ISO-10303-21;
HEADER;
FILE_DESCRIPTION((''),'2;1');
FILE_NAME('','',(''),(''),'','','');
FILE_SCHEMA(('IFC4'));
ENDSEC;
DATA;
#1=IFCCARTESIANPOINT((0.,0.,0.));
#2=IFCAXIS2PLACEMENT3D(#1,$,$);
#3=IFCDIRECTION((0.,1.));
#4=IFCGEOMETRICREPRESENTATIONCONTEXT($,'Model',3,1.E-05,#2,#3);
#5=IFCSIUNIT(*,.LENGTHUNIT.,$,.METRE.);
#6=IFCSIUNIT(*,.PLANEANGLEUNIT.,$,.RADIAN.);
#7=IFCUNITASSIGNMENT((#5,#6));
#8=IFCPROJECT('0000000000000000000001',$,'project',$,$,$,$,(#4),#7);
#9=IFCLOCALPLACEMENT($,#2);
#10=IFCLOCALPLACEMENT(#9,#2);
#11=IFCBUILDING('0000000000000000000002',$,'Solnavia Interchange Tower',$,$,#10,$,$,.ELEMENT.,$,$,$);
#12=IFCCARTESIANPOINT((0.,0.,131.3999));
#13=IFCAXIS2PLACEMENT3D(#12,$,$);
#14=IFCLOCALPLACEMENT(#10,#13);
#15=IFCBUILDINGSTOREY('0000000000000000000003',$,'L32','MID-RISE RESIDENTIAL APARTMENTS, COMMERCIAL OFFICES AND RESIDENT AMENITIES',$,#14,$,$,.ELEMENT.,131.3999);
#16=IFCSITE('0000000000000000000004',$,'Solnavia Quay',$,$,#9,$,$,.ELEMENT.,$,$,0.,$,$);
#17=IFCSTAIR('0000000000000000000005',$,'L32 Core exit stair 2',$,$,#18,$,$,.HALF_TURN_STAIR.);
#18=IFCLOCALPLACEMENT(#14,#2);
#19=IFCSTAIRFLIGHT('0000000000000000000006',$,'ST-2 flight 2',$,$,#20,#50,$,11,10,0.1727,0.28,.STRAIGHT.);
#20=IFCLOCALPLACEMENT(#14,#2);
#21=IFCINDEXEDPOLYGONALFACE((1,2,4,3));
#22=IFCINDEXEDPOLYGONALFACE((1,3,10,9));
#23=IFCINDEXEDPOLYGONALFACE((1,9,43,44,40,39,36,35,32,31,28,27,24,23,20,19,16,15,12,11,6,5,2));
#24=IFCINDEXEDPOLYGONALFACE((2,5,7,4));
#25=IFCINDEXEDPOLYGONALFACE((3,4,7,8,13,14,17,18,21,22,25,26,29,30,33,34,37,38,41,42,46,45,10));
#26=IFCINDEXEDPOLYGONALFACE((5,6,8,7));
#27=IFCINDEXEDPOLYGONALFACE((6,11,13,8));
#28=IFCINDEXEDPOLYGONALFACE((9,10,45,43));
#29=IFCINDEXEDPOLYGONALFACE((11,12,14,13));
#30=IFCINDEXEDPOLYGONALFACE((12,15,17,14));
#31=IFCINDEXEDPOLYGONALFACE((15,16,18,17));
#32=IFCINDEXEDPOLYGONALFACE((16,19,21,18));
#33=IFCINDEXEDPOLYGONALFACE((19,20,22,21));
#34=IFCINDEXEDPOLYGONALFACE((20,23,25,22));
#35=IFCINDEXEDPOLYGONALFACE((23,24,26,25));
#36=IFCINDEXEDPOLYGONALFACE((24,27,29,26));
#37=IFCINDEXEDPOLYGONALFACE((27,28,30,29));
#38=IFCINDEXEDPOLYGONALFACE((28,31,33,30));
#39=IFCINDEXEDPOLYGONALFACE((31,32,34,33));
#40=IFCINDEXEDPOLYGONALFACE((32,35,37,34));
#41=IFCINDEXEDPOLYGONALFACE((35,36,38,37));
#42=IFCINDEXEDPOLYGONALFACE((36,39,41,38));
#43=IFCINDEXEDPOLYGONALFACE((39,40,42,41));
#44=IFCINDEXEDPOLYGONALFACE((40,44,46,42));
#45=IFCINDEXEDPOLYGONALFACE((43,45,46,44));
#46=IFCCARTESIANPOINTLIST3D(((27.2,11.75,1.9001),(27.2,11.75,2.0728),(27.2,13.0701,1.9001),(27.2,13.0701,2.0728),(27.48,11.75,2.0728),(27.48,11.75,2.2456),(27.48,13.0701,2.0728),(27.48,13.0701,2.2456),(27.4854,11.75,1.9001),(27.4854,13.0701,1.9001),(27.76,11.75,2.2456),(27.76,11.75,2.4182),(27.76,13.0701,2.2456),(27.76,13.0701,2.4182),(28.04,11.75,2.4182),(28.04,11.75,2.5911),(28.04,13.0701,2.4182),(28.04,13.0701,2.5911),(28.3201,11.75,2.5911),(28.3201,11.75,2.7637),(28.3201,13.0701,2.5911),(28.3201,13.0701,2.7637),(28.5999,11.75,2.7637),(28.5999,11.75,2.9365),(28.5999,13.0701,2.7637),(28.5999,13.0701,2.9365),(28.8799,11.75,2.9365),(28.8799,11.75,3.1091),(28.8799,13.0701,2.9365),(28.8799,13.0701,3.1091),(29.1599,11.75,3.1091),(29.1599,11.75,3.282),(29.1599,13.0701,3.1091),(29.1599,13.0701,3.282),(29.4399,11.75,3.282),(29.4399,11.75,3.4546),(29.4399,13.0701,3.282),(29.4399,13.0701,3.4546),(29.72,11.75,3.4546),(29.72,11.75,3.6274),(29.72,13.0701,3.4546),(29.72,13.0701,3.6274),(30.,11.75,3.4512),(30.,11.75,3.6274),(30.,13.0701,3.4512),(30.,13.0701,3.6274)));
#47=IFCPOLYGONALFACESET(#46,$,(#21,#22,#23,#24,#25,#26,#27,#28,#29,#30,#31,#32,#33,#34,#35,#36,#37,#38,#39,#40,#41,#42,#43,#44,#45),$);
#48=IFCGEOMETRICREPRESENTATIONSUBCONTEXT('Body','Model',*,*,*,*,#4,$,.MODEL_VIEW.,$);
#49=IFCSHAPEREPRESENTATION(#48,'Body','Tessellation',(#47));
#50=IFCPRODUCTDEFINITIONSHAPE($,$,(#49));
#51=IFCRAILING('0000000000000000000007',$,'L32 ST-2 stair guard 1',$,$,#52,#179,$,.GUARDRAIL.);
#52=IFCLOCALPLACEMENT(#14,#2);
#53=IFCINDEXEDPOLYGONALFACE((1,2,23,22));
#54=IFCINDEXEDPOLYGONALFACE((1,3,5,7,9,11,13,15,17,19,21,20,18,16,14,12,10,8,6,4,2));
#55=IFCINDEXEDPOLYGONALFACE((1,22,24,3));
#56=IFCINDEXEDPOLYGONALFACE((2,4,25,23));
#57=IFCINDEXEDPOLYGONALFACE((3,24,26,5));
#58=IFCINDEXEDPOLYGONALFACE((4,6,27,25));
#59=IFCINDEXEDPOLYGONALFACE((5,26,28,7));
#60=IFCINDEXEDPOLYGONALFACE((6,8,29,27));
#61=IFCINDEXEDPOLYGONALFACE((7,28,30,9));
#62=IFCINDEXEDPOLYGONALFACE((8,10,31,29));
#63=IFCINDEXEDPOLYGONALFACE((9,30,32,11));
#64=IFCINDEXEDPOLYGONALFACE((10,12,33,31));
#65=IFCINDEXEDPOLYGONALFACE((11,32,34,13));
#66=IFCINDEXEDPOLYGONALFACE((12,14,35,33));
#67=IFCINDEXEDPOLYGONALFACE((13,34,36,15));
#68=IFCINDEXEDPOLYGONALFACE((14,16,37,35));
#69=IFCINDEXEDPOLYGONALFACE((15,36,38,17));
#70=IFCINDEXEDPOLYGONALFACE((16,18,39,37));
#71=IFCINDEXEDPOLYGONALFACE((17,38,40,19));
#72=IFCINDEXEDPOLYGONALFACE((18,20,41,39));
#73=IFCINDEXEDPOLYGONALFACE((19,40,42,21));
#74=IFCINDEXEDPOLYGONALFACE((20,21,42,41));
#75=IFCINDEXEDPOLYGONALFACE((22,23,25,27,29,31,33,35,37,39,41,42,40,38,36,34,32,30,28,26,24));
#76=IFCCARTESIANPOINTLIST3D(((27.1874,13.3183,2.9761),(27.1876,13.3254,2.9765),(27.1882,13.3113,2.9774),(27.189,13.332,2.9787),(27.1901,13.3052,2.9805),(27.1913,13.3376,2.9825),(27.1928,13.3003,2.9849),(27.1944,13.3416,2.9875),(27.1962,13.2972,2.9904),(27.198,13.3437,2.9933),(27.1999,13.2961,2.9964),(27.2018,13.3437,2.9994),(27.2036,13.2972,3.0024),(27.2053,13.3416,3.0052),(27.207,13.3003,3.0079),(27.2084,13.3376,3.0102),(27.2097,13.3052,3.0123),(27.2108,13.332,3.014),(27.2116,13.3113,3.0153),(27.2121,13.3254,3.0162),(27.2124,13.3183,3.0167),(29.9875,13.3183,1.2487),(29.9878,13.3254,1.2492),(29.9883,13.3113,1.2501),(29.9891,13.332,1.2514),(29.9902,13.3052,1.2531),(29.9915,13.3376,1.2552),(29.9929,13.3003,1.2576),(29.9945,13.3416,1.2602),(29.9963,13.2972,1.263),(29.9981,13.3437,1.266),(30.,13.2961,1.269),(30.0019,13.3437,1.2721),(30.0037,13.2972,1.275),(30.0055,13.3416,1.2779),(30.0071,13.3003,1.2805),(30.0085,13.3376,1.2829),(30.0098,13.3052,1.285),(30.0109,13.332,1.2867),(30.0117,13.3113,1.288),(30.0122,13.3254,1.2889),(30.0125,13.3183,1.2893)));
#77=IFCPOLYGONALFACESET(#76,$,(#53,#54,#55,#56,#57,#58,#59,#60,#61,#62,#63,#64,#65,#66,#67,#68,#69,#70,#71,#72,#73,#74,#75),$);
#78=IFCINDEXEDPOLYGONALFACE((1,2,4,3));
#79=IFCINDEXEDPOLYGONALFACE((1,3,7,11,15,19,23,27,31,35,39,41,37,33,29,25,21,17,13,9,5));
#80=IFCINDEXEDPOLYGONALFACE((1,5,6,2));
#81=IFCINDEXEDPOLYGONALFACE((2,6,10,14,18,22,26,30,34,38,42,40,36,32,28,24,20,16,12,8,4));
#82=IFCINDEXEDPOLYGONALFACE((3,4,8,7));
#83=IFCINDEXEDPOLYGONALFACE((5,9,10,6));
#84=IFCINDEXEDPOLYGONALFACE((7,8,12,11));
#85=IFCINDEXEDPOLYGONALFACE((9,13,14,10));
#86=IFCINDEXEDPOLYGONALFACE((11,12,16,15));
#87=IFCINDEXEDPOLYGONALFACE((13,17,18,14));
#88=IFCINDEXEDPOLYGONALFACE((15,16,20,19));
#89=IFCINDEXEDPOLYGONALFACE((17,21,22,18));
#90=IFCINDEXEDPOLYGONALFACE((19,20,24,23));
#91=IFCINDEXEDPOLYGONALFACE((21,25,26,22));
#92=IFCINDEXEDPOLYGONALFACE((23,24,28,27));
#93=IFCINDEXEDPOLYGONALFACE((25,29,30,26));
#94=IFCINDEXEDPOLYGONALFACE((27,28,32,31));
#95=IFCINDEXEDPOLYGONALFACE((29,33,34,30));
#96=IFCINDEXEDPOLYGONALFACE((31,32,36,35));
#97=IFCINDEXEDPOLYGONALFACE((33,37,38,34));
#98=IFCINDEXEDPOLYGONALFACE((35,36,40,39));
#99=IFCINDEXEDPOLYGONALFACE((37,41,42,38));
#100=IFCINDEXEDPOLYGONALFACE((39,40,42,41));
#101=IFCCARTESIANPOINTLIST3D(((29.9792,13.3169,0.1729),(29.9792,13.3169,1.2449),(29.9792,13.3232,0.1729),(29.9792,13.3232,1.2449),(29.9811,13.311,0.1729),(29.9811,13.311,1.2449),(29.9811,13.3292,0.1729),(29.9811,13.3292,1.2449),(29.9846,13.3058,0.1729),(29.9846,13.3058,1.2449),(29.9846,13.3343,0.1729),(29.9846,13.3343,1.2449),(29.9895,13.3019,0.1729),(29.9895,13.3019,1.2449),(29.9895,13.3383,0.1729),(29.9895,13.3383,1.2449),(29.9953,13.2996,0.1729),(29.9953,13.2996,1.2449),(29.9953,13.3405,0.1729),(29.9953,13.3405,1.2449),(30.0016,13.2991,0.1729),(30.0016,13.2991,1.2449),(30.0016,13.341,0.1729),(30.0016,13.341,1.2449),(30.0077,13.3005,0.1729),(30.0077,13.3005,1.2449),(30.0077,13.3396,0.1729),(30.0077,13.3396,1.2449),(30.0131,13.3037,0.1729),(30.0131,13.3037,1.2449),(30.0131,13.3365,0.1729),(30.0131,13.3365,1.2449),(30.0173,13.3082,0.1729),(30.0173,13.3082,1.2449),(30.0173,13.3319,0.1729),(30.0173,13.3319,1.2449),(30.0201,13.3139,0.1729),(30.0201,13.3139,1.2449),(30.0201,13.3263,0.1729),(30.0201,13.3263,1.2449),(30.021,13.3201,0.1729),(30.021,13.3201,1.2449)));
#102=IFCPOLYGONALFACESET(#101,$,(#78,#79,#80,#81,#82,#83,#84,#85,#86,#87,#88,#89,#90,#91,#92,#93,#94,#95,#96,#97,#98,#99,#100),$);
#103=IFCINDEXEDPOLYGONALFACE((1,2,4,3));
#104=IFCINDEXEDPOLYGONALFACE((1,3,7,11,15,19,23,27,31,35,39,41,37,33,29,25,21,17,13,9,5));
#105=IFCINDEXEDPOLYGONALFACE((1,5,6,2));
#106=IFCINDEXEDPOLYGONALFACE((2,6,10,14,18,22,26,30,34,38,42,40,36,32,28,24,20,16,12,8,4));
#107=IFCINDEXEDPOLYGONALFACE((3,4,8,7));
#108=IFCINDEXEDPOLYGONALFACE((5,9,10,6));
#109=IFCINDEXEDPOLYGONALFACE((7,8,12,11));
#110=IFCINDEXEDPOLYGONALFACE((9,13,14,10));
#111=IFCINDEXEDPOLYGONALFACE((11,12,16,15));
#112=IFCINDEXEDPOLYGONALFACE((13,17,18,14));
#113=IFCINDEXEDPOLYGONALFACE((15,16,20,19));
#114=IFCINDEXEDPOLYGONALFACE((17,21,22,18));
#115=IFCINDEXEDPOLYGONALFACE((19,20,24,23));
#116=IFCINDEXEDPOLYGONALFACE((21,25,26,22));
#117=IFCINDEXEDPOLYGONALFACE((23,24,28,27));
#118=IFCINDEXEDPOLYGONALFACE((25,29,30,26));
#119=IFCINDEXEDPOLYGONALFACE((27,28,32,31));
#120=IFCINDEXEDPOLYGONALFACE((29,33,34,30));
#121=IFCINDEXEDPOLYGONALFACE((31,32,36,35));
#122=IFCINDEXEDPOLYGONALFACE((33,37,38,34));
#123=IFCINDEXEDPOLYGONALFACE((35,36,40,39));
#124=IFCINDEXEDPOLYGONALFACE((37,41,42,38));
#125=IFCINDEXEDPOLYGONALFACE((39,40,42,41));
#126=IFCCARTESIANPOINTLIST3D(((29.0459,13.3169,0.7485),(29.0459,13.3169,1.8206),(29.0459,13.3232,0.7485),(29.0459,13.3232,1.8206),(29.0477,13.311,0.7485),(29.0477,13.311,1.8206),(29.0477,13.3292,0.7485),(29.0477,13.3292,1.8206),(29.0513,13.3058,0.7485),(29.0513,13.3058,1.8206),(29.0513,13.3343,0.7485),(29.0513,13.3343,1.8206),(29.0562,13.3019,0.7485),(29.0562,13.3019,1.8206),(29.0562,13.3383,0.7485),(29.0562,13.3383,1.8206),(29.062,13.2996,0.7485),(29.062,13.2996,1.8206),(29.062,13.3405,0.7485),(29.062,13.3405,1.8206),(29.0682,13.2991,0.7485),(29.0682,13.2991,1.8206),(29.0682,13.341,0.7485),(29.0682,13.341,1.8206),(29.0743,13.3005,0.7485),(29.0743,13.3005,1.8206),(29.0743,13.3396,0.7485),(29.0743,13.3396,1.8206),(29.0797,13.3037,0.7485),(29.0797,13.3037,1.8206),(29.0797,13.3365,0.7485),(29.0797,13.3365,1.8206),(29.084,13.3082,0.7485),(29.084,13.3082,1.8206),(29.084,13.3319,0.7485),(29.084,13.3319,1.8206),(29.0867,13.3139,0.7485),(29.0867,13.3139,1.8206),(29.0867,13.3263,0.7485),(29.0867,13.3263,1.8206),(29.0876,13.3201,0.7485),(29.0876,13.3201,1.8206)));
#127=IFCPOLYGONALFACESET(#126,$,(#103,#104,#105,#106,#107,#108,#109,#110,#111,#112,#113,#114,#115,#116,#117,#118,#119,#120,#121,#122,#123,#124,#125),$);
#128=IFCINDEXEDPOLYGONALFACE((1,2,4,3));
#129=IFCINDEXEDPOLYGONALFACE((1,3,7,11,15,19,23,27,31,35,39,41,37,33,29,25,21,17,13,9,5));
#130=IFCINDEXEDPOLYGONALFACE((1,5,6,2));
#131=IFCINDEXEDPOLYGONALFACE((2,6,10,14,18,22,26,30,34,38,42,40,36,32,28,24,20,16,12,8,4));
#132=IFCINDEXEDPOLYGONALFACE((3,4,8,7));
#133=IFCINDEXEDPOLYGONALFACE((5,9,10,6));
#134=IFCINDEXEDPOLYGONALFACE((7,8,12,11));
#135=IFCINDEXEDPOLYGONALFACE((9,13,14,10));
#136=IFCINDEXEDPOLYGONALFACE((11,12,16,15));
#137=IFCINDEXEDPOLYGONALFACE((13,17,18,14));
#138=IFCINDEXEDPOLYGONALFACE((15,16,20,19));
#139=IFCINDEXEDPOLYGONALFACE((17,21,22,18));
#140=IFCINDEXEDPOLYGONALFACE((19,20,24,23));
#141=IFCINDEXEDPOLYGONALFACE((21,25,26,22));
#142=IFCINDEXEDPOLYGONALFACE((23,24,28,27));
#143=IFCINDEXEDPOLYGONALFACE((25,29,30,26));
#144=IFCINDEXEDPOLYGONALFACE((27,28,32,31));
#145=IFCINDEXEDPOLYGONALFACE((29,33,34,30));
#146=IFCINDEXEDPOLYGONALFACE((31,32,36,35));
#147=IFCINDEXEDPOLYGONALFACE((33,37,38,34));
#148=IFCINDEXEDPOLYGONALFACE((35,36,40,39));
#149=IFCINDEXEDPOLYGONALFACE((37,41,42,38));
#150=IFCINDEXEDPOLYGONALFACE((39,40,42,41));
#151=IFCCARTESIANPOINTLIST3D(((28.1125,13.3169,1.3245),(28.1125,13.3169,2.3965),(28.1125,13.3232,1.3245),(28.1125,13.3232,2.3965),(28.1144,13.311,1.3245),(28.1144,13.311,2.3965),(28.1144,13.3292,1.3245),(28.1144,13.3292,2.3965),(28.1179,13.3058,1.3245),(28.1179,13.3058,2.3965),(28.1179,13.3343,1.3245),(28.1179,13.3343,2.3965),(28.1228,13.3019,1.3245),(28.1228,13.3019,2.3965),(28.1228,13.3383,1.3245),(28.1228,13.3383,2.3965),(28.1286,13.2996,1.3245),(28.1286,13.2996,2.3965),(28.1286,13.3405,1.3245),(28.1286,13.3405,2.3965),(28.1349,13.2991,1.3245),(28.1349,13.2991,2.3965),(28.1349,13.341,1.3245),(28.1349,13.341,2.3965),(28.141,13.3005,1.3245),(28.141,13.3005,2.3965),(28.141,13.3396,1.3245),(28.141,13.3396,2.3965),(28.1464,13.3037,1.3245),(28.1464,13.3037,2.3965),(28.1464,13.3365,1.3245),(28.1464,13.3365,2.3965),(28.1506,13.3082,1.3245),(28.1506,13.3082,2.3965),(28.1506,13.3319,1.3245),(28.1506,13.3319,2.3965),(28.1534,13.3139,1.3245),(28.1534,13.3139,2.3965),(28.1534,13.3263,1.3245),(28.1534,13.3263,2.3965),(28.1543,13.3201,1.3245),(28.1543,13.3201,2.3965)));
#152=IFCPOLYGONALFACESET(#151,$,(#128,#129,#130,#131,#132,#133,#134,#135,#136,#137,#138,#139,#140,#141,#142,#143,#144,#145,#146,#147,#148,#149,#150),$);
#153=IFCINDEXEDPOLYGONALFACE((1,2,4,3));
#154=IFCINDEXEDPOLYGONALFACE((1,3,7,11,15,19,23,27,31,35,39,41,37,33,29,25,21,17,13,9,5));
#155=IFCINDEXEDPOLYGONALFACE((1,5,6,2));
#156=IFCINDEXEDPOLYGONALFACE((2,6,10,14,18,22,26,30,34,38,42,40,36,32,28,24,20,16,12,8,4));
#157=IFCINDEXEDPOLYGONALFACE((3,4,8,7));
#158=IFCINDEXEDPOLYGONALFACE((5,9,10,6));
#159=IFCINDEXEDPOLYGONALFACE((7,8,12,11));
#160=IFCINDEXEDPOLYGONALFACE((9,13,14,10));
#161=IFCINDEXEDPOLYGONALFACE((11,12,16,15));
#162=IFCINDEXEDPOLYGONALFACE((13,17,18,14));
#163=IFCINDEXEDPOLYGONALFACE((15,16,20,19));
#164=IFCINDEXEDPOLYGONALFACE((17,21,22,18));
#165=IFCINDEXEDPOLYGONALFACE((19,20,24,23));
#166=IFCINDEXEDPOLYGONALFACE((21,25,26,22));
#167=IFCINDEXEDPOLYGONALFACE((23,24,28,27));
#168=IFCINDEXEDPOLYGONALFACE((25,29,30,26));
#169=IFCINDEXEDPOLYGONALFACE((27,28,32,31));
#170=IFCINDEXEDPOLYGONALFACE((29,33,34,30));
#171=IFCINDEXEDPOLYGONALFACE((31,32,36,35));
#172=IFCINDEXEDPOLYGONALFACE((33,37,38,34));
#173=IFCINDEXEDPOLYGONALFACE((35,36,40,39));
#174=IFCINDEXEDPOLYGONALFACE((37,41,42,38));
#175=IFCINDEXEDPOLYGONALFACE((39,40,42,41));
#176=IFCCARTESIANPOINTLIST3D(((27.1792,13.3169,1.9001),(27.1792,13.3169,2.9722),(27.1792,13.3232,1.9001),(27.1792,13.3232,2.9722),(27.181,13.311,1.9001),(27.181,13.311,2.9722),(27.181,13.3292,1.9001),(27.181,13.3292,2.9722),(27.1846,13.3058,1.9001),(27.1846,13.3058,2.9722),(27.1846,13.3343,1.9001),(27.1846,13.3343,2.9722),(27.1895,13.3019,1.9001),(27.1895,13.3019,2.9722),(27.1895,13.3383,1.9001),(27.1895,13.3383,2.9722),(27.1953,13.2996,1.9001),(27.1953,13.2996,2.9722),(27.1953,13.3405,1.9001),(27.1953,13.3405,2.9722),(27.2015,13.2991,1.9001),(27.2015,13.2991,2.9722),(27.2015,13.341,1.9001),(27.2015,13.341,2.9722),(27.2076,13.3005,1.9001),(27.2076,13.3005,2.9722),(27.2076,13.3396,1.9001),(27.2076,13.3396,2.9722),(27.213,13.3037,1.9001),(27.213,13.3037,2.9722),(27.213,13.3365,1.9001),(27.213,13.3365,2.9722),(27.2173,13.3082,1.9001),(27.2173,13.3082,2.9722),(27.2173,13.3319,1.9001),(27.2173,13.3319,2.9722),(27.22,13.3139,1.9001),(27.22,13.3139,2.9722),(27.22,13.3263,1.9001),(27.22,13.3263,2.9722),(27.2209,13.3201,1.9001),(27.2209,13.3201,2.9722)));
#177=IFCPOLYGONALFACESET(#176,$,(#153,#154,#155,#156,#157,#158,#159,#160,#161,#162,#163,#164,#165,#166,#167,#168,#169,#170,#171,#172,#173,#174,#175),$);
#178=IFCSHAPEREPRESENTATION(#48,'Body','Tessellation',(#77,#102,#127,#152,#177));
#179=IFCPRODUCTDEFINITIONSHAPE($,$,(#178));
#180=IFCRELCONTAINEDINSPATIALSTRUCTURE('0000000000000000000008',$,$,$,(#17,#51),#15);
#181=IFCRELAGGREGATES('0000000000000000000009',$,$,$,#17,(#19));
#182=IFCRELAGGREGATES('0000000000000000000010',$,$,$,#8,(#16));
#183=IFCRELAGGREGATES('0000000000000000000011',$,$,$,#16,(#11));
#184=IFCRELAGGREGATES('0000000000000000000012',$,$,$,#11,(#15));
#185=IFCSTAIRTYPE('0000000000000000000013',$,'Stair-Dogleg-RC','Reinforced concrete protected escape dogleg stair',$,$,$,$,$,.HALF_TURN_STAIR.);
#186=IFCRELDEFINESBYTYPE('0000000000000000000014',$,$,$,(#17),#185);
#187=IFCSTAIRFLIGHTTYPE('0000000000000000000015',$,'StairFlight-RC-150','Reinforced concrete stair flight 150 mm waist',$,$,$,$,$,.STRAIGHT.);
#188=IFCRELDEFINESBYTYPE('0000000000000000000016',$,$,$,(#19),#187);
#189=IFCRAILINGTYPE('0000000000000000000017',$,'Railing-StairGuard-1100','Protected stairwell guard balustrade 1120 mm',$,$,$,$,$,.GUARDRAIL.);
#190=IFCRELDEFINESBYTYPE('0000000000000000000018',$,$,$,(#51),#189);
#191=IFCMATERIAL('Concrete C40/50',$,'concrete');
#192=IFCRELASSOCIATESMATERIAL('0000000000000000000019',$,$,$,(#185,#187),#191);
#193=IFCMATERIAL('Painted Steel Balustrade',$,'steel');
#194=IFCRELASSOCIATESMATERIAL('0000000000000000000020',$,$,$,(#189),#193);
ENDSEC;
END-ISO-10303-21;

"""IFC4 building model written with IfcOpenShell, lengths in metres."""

from ifc_helpers import new_model, si_unit, direction, frame, origin, origin_2d, place, context, subcontext, project, spatial, polyline, circle, outline, extrude, material, type_object, element, aggregate, save


model = new_model("IFC4")

# Units and contexts
model_context = context("Model", 3, precision=1e-05, world=origin(), true_north=direction((0.0, 1.0)))
body_context = subcontext(model_context, "Body", "Model", "MODEL_VIEW")
ifc_project = project(units=[si_unit("LENGTHUNIT", "METRE"), si_unit("PLANEANGLEUNIT", "RADIAN")], contexts=[model_context])

# Site, building, storey
site_placement = place(None, origin())
site = spatial("IfcSite", under=ifc_project, at=site_placement, Name="Solnavia Quay", CompositionType="ELEMENT", RefElevation=0.0)
building_placement = place(site_placement, origin())
building = spatial("IfcBuilding", under=site, at=building_placement, Name="Solnavia Interchange Tower", CompositionType="ELEMENT")
storey_placement = place(building_placement, frame((0.0, 0.0, 131.3999)))
storey = spatial("IfcBuildingStorey", under=building, at=storey_placement, Name="L32", Description="MID-RISE RESIDENTIAL APARTMENTS, COMMERCIAL OFFICES AND RESIDENT AMENITIES", CompositionType="ELEMENT", Elevation=131.3999)

# Shared definitions
ifc_material_1 = material(Name="Concrete C40/50", Category="concrete")

# Stair, stair flight
stair_type = type_object("IfcStairType", Name="Stair-Dogleg-RC", Description="Reinforced concrete protected escape dogleg stair", PredefinedType="HALF_TURN_STAIR", material=ifc_material_1)
stair_placement = place(storey_placement, origin())
stair = element("IfcStair", 1, at=stair_placement, inside=storey, type_object=stair_type, Name="L32 Core exit stair 2", PredefinedType="HALF_TURN_STAIR")
stair_flight_type = type_object("IfcStairFlightType", Name="StairFlight-RC-150", Description="Reinforced concrete stair flight 150 mm waist", PredefinedType="STRAIGHT", material=ifc_material_1)
stair_flight_1_placement = place(storey_placement, frame((27.2, 12.4099, 1.9001), z_axis=(0.0, 0.0, 1.0), x_axis=(1.0, 0.0, 0.0)))
stair_flight_1 = element("IfcStairFlight", 2, at=stair_flight_1_placement, type_object=stair_flight_type, Name="ST-2 flight 2", NumberOfRisers=11, NumberOfTreads=10, PredefinedType="STRAIGHT", RiserHeight=0.1727, TreadLength=0.28, context=body_context, shape_type="SweptSolid", body=[
    extrude(outline(polyline([(0.0, 0.0), (0.0, 0.1726), (0.28, 0.1726), (0.28, 0.3455), (0.5601, 0.3455), (0.5601, 0.5181), (0.8401, 0.5181), (0.8401, 0.6909), (1.1201, 0.6909), (1.1201, 0.8635), (1.3999, 0.8635), (1.3999, 1.0364), (1.6799, 1.0364), (1.6799, 1.209), (1.96, 1.209), (1.96, 1.3818), (2.24, 1.3818), (2.24, 1.5544), (2.52, 1.5544), (2.52, 1.7273), (2.8, 1.7273), (2.8, 1.8999), (2.8, 1.551), (0.2854, 0.0), (0.0, 0.0)])), frame((0.0, 0.6602, 0.0), z_axis=(0.0, -1.0, 0.0), x_axis=(1.0, 0.0, 0.0)), (0.0, 0.0, 1.0), 1.3201),
])
aggregate(stair, [stair_flight_1])

# Railing
ifc_material_2 = material(Name="Painted Steel Balustrade", Category="steel")
railing_type_1 = type_object("IfcRailingType", Name="Railing-StairGuard-1100", Description="Protected stairwell guard balustrade 1120 mm", PredefinedType="GUARDRAIL", material=ifc_material_2)
railing_1_placement = place(storey_placement, frame((30.0, 13.3201, 0.1729)))
element("IfcRailing", 3, at=railing_1_placement, inside=storey, type_object=railing_type_1, Name="L32 ST-2 stair guard 1", PredefinedType="GUARDRAIL", context=body_context, shape_type="SweptSolid", body=[
    extrude(circle(Radius=0.0239, at=origin_2d()), frame((0.0, 0.0, 1.0962), z_axis=(-0.85109, 0.0, 0.52502), x_axis=(0.0, -1.0, 0.0)), (0.0, 0.0, 1.0), 3.29),
    extrude(circle(Radius=0.021, at=origin_2d()), origin(), (0.0, 0.0, 1.0), 1.072),
    extrude(circle(Radius=0.021, at=origin_2d()), frame((-0.9333, 0.0, 0.5757)), (0.0, 0.0, 1.0), 1.072),
    extrude(circle(Radius=0.021, at=origin_2d()), frame((-1.8667, 0.0, 1.1516)), (0.0, 0.0, 1.0), 1.072),
    extrude(circle(Radius=0.021, at=origin_2d()), frame((-2.8, 0.0, 1.7273)), (0.0, 0.0, 1.0), 1.072),
])

save(model, "model.ifc")
